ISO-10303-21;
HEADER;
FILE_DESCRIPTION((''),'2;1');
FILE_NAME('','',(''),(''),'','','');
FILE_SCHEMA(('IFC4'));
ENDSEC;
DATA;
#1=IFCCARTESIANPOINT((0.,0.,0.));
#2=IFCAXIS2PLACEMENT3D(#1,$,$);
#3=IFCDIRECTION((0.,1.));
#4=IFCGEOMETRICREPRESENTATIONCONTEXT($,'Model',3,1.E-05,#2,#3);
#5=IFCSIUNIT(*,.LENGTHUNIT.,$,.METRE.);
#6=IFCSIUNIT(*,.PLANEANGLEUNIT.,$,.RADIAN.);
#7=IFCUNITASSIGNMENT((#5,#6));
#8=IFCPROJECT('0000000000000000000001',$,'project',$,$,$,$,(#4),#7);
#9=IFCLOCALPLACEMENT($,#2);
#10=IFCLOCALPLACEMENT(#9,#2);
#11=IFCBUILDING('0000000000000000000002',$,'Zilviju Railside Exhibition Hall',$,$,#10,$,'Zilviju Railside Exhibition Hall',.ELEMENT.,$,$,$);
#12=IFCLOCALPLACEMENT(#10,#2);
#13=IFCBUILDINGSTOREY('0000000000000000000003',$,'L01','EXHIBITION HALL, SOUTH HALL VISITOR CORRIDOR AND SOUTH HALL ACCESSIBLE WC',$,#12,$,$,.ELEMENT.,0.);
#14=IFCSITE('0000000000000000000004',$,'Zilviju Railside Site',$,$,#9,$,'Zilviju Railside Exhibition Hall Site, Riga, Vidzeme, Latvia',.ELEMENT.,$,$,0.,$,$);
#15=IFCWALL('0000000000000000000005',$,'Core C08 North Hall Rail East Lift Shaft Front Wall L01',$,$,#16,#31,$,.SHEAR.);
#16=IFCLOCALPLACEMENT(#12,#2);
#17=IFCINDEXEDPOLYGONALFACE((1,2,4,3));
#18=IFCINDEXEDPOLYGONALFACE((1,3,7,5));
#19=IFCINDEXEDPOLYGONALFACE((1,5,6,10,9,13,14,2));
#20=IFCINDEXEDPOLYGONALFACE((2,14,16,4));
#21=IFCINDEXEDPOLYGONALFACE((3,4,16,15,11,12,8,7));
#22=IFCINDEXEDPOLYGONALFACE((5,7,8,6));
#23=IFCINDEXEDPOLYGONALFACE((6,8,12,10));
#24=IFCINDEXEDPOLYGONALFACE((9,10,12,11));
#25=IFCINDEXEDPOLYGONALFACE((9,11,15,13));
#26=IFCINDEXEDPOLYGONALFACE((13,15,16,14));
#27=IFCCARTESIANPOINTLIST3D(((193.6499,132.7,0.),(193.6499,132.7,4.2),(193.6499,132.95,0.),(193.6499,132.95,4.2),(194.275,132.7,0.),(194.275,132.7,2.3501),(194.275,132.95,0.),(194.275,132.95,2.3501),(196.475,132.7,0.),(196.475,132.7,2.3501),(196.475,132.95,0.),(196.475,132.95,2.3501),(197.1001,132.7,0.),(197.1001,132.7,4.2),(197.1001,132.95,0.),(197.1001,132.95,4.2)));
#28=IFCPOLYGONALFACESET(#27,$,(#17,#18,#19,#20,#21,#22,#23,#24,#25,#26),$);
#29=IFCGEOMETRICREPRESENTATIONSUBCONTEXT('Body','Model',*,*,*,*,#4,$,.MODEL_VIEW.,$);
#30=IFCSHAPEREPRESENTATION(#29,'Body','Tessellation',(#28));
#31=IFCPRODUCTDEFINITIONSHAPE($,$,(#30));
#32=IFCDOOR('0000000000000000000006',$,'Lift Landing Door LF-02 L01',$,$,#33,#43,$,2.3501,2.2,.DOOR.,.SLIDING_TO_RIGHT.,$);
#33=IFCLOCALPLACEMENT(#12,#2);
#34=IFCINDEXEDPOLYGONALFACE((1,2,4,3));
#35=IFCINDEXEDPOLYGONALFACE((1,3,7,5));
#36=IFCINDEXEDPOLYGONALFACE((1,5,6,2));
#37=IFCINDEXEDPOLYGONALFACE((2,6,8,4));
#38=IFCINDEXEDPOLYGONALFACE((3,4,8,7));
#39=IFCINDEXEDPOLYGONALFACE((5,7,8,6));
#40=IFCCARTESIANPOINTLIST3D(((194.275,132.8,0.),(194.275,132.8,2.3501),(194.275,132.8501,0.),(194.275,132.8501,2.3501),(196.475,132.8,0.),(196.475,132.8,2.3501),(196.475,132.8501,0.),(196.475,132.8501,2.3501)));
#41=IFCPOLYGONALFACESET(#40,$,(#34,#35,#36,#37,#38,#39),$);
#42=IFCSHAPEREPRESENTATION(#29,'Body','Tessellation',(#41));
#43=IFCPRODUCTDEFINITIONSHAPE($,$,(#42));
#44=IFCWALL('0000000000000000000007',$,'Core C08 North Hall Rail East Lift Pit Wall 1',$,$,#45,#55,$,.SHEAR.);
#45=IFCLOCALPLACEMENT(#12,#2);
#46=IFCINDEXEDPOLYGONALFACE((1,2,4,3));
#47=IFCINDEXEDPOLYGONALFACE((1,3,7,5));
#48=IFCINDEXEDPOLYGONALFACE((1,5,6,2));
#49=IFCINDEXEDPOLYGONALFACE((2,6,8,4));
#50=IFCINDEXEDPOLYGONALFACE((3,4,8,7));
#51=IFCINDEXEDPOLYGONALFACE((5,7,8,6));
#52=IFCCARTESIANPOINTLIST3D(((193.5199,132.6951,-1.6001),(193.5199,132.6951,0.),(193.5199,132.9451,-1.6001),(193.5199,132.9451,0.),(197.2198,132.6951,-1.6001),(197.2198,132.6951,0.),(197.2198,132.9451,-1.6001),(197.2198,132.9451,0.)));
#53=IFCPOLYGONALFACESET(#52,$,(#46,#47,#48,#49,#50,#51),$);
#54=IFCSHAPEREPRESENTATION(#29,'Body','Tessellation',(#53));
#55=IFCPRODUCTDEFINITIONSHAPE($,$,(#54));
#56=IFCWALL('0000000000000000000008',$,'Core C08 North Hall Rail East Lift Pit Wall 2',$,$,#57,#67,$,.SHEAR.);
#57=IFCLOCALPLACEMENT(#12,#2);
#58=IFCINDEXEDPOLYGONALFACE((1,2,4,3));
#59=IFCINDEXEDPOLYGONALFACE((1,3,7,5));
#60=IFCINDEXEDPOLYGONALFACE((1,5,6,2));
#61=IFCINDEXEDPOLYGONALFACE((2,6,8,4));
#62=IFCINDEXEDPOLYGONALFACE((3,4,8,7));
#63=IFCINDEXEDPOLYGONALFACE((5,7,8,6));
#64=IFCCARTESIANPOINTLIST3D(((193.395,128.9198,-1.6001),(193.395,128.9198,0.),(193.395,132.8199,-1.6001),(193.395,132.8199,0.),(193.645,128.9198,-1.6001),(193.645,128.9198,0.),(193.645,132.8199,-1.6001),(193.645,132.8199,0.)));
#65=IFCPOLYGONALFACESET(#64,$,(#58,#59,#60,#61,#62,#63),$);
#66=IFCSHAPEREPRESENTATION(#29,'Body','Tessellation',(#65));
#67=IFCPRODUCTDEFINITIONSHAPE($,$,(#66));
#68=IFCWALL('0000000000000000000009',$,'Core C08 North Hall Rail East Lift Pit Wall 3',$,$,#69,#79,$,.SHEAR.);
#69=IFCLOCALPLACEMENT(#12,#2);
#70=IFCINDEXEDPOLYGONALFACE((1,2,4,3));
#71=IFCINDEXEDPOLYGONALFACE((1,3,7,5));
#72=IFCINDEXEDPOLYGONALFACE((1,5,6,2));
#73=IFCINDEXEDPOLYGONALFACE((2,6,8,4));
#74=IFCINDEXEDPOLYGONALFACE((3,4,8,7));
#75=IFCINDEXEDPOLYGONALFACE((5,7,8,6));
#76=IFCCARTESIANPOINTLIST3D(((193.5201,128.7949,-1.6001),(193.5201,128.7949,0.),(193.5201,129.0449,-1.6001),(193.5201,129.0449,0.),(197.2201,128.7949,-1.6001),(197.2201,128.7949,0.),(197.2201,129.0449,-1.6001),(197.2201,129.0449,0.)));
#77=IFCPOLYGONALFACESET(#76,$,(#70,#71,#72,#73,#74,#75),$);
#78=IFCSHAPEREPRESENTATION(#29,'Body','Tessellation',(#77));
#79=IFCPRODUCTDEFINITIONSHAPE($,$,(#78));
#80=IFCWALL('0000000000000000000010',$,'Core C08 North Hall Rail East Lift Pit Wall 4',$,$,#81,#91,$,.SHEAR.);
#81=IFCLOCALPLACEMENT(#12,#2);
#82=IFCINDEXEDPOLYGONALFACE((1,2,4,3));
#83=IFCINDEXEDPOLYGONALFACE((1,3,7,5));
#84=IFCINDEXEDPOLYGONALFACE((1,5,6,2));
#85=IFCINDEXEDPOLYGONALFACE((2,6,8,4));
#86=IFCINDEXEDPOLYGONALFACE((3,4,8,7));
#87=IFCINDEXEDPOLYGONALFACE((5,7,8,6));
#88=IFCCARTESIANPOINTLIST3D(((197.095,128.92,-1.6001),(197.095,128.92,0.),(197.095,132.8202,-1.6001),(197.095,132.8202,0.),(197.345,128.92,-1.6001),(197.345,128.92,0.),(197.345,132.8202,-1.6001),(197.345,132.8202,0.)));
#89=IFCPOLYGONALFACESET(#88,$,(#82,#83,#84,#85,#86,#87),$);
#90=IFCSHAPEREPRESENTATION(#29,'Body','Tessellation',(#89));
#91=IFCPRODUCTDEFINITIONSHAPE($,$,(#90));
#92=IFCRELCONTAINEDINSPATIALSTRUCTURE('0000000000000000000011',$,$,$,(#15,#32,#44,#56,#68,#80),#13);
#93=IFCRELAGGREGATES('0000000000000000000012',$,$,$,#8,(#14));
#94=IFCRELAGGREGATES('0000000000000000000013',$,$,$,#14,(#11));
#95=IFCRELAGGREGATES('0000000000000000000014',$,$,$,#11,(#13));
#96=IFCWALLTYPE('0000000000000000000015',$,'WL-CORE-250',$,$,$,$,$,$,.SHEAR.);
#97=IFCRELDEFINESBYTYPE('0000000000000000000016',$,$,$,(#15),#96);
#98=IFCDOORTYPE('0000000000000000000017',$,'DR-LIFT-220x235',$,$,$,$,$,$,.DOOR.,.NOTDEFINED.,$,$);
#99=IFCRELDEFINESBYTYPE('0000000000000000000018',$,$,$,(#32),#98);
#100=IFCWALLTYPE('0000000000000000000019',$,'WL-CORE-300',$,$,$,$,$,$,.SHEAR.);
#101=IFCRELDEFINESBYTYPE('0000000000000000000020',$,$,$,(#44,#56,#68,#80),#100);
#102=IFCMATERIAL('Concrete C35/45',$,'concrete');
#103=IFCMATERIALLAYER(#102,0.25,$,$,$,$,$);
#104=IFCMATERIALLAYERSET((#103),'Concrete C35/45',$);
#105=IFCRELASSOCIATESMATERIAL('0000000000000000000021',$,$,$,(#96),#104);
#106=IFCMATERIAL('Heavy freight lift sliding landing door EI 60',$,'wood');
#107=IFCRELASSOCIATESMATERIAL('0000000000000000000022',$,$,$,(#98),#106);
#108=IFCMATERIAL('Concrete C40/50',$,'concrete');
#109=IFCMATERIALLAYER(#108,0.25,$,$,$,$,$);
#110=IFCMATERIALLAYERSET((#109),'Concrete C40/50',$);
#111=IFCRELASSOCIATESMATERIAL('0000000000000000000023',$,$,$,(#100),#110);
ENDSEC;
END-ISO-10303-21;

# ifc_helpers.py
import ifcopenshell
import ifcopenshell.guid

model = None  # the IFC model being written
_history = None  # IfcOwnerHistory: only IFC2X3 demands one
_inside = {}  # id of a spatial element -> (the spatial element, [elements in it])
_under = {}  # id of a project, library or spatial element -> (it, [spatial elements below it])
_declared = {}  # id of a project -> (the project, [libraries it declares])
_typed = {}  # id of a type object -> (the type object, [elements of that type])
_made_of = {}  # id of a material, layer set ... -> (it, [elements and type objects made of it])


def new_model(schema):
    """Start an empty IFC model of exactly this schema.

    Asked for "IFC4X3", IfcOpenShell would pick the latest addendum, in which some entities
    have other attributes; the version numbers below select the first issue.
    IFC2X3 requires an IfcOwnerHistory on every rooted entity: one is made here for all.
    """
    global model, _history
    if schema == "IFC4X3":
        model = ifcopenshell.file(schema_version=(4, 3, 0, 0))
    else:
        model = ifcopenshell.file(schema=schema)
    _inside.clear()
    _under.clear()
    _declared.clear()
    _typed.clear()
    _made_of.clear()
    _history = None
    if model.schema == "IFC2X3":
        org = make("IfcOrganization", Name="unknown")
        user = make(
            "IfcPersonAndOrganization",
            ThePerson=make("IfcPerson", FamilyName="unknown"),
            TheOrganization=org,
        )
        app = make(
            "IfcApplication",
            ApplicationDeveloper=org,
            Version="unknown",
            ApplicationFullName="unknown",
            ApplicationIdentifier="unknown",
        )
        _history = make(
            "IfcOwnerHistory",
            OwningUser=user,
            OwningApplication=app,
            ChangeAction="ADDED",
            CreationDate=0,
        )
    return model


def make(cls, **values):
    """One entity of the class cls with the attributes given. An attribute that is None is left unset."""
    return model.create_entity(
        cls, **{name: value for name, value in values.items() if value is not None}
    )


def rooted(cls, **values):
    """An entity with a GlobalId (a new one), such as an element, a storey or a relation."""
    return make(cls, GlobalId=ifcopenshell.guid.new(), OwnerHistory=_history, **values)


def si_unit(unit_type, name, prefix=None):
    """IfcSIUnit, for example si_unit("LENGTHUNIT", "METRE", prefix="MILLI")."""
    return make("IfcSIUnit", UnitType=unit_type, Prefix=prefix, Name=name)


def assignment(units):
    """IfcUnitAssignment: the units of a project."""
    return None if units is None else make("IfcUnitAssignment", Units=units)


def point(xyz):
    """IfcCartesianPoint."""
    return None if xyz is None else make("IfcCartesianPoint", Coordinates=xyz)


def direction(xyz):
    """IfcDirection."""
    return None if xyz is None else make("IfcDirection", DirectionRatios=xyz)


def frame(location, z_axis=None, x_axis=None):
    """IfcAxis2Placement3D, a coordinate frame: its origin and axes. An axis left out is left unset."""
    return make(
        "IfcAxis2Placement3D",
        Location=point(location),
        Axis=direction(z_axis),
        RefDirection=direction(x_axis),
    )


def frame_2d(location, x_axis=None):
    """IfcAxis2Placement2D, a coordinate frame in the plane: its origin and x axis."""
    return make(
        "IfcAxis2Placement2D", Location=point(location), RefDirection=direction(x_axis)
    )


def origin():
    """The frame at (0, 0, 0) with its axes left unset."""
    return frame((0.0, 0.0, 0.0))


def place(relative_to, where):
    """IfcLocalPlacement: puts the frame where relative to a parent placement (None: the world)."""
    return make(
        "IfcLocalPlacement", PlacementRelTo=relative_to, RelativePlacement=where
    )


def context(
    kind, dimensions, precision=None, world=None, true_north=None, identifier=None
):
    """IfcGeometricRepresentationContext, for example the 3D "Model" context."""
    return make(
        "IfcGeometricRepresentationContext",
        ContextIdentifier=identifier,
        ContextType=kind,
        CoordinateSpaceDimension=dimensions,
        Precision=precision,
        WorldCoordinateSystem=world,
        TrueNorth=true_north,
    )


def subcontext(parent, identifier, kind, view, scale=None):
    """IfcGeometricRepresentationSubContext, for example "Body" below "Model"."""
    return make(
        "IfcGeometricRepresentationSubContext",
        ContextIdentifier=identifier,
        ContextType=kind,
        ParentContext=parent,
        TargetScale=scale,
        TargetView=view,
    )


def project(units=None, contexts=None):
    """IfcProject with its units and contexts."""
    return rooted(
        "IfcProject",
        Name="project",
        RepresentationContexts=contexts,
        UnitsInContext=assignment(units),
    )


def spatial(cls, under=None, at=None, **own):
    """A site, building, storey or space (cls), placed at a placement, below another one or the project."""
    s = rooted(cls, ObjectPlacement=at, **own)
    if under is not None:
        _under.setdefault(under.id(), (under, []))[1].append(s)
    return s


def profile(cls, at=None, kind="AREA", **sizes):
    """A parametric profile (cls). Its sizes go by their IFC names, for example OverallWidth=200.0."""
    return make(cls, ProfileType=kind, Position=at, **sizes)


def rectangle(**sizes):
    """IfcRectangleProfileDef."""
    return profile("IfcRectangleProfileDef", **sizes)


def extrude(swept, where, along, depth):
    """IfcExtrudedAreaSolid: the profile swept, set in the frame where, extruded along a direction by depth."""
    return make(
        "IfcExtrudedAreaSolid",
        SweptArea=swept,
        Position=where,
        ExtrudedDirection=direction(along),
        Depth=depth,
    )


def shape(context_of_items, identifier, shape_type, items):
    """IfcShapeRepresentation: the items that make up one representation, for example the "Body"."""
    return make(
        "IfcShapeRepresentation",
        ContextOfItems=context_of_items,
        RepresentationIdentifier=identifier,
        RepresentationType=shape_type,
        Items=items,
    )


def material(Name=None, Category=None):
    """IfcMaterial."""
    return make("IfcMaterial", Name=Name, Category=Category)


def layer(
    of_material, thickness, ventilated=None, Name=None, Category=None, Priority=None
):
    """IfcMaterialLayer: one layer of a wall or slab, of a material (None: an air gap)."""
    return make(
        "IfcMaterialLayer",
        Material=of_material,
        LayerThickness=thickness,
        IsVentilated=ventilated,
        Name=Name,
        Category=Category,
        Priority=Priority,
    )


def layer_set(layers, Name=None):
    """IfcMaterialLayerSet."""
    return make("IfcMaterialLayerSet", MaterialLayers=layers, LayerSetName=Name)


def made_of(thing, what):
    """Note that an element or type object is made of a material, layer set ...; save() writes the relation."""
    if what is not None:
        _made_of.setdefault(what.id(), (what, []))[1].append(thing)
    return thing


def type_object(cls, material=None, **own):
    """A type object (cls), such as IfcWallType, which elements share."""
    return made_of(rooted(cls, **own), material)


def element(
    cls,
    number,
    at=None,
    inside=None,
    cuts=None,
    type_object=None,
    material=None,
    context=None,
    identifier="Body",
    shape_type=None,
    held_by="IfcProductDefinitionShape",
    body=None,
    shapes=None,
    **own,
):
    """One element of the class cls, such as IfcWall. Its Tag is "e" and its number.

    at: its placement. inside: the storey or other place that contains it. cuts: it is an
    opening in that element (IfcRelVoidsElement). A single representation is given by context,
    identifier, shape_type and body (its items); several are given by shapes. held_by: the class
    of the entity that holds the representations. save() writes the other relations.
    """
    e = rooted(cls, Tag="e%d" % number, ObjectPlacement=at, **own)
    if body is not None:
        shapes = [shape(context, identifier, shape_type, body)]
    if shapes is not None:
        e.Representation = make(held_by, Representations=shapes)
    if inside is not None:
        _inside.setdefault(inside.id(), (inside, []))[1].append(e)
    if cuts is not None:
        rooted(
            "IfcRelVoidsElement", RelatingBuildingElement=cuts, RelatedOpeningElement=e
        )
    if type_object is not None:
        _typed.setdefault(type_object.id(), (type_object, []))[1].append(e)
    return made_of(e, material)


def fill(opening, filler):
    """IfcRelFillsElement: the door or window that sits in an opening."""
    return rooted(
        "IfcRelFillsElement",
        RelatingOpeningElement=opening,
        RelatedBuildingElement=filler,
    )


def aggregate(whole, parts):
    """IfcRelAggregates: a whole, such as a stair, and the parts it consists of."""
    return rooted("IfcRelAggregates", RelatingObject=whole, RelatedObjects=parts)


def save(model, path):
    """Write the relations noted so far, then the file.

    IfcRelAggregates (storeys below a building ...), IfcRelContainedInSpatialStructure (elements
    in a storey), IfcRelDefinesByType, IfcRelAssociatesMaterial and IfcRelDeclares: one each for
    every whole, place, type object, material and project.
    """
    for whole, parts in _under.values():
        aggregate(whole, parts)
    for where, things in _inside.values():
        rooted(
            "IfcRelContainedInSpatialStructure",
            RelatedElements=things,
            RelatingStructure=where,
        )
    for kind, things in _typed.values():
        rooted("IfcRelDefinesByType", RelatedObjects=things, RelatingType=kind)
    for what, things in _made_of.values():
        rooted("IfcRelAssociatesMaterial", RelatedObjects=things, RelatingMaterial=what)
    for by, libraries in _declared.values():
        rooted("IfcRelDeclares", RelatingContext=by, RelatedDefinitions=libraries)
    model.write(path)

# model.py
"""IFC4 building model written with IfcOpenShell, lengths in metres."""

from ifc_helpers import new_model, si_unit, direction, frame, frame_2d, origin, place, context, subcontext, project, spatial, rectangle, extrude, material, layer, layer_set, type_object, element, fill, save


model = new_model("IFC4")

# Units and contexts
model_context = context("Model", 3, precision=1e-05, world=origin(), true_north=direction((0.0, 1.0)))
body_context = subcontext(model_context, "Body", "Model", "MODEL_VIEW")
ifc_project = project(units=[si_unit("LENGTHUNIT", "METRE"), si_unit("PLANEANGLEUNIT", "RADIAN")], contexts=[model_context])

# Site, building, storey
site_placement = place(None, origin())
site = spatial("IfcSite", under=ifc_project, at=site_placement, Name="Zilviju Railside Site", LongName="Zilviju Railside Exhibition Hall Site, Riga, Vidzeme, Latvia", CompositionType="ELEMENT", RefElevation=0.0)
building_placement = place(site_placement, origin())
building = spatial("IfcBuilding", under=site, at=building_placement, Name="Zilviju Railside Exhibition Hall", LongName="Zilviju Railside Exhibition Hall", CompositionType="ELEMENT")
storey_placement = place(building_placement, origin())
storey = spatial("IfcBuildingStorey", under=building, at=storey_placement, Name="L01", Description="EXHIBITION HALL, SOUTH HALL VISITOR CORRIDOR AND SOUTH HALL ACCESSIBLE WC", CompositionType="ELEMENT", Elevation=0.0)

# Shared definitions
ifc_material_1 = material(Name="Concrete C35/45", Category="concrete")
ifc_material_2 = material(Name="Concrete C40/50", Category="concrete")

# Wall, opening, door
ifc_layer_1 = layer(ifc_material_1, 0.25)
ifc_layer_set_1 = layer_set([ifc_layer_1], Name="Concrete C35/45")
wall_type_1 = type_object("IfcWallType", Name="WL-CORE-250", PredefinedType="SHEAR", material=ifc_layer_set_1)
wall_1_placement = place(storey_placement, frame((197.1001, 132.825, 0.0), z_axis=(0.0, 0.0, 1.0), x_axis=(-1.0, 0.0, 0.0)))
wall_1 = element("IfcWall", 1, at=wall_1_placement, inside=storey, type_object=wall_type_1, Name="Core C08 North Hall Rail East Lift Shaft Front Wall L01", PredefinedType="SHEAR", context=body_context, shape_type="SweptSolid", body=[
    extrude(rectangle(XDim=3.4502, YDim=0.25, at=frame_2d((1.7251, 0.0))), origin(), (0.0, 0.0, 1.0), 4.2),
])
opening_placement = place(wall_1_placement, frame((0.625, 0.0, 0.0)))
opening = element("IfcOpeningElement", 2, at=opening_placement, cuts=wall_1, PredefinedType="OPENING", context=body_context, shape_type="SweptSolid", body=[
    extrude(rectangle(XDim=2.2, YDim=2.3501, at=frame_2d((1.1001, 1.175))), frame((0.0, 0.135, 0.0), z_axis=(0.0, -1.0, 0.0), x_axis=(1.0, 0.0, 0.0)), (0.0, 0.0, 1.0), 0.27),
])
ifc_material_3 = material(Name="Heavy freight lift sliding landing door EI 60", Category="wood")
door_type = type_object("IfcDoorType", Name="DR-LIFT-220x235", OperationType="NOTDEFINED", PredefinedType="DOOR", material=ifc_material_3)
door_placement = place(opening_placement, origin())
door = element("IfcDoor", 3, at=door_placement, inside=storey, type_object=door_type, Name="Lift Landing Door LF-02 L01", OperationType="SLIDING_TO_RIGHT", OverallHeight=2.3501, OverallWidth=2.2, PredefinedType="DOOR", context=body_context, shape_type="SweptSolid", body=[
    extrude(rectangle(XDim=2.2, YDim=2.3501, at=frame_2d((1.1001, 1.175))), frame((0.0, 0.0249, 0.0), z_axis=(0.0, -1.0, 0.0), x_axis=(1.0, 0.0, 0.0)), (0.0, 0.0, 1.0), 0.05),
])
fill(opening, door)

# Walls
ifc_layer_2 = layer(ifc_material_2, 0.25)
ifc_layer_set_2 = layer_set([ifc_layer_2], Name="Concrete C40/50")
wall_type_2 = type_object("IfcWallType", Name="WL-CORE-300", PredefinedType="SHEAR", material=ifc_layer_set_2)
wall_2_placement = place(storey_placement, frame((197.22, 132.8201, -1.6001), z_axis=(0.0, 0.0, 1.0), x_axis=(-1.0, 0.0, 0.0)))
element("IfcWall", 4, at=wall_2_placement, inside=storey, type_object=wall_type_2, Name="Core C08 North Hall Rail East Lift Pit Wall 1", PredefinedType="SHEAR", context=body_context, shape_type="SweptSolid", body=[
    extrude(rectangle(XDim=3.7, YDim=0.25, at=frame_2d((1.8501, 0.0))), origin(), (0.0, 0.0, 1.0), 1.6001),
])
wall_3_placement = place(storey_placement, frame((193.52, 132.8201, -1.6001), z_axis=(0.0, 0.0, 1.0), x_axis=(0.0, -1.0, 0.0)))
element("IfcWall", 5, at=wall_3_placement, inside=storey, type_object=wall_type_2, Name="Core C08 North Hall Rail East Lift Pit Wall 2", PredefinedType="SHEAR", context=body_context, shape_type="SweptSolid", body=[
    extrude(rectangle(XDim=3.9001, YDim=0.25, at=frame_2d((1.9502, 0.0))), origin(), (0.0, 0.0, 1.0), 1.6001),
])
wall_4_placement = place(storey_placement, frame((193.52, 128.9199, -1.6001), z_axis=(0.0, 0.0, 1.0), x_axis=(1.0, 0.0, 0.0)))
element("IfcWall", 6, at=wall_4_placement, inside=storey, type_object=wall_type_2, Name="Core C08 North Hall Rail East Lift Pit Wall 3", PredefinedType="SHEAR", context=body_context, shape_type="SweptSolid", body=[
    extrude(rectangle(XDim=3.7, YDim=0.25, at=frame_2d((1.8501, 0.0))), origin(), (0.0, 0.0, 1.0), 1.6001),
])
wall_5_placement = place(storey_placement, frame((197.22, 128.9199, -1.6001), z_axis=(0.0, 0.0, 1.0), x_axis=(0.0, 1.0, 0.0)))
element("IfcWall", 7, at=wall_5_placement, inside=storey, type_object=wall_type_2, Name="Core C08 North Hall Rail East Lift Pit Wall 4", PredefinedType="SHEAR", context=body_context, shape_type="SweptSolid", body=[
    extrude(rectangle(XDim=3.9001, YDim=0.25, at=frame_2d((1.9502, 0.0))), origin(), (0.0, 0.0, 1.0), 1.6001),
])

save(model, "model.ifc")
